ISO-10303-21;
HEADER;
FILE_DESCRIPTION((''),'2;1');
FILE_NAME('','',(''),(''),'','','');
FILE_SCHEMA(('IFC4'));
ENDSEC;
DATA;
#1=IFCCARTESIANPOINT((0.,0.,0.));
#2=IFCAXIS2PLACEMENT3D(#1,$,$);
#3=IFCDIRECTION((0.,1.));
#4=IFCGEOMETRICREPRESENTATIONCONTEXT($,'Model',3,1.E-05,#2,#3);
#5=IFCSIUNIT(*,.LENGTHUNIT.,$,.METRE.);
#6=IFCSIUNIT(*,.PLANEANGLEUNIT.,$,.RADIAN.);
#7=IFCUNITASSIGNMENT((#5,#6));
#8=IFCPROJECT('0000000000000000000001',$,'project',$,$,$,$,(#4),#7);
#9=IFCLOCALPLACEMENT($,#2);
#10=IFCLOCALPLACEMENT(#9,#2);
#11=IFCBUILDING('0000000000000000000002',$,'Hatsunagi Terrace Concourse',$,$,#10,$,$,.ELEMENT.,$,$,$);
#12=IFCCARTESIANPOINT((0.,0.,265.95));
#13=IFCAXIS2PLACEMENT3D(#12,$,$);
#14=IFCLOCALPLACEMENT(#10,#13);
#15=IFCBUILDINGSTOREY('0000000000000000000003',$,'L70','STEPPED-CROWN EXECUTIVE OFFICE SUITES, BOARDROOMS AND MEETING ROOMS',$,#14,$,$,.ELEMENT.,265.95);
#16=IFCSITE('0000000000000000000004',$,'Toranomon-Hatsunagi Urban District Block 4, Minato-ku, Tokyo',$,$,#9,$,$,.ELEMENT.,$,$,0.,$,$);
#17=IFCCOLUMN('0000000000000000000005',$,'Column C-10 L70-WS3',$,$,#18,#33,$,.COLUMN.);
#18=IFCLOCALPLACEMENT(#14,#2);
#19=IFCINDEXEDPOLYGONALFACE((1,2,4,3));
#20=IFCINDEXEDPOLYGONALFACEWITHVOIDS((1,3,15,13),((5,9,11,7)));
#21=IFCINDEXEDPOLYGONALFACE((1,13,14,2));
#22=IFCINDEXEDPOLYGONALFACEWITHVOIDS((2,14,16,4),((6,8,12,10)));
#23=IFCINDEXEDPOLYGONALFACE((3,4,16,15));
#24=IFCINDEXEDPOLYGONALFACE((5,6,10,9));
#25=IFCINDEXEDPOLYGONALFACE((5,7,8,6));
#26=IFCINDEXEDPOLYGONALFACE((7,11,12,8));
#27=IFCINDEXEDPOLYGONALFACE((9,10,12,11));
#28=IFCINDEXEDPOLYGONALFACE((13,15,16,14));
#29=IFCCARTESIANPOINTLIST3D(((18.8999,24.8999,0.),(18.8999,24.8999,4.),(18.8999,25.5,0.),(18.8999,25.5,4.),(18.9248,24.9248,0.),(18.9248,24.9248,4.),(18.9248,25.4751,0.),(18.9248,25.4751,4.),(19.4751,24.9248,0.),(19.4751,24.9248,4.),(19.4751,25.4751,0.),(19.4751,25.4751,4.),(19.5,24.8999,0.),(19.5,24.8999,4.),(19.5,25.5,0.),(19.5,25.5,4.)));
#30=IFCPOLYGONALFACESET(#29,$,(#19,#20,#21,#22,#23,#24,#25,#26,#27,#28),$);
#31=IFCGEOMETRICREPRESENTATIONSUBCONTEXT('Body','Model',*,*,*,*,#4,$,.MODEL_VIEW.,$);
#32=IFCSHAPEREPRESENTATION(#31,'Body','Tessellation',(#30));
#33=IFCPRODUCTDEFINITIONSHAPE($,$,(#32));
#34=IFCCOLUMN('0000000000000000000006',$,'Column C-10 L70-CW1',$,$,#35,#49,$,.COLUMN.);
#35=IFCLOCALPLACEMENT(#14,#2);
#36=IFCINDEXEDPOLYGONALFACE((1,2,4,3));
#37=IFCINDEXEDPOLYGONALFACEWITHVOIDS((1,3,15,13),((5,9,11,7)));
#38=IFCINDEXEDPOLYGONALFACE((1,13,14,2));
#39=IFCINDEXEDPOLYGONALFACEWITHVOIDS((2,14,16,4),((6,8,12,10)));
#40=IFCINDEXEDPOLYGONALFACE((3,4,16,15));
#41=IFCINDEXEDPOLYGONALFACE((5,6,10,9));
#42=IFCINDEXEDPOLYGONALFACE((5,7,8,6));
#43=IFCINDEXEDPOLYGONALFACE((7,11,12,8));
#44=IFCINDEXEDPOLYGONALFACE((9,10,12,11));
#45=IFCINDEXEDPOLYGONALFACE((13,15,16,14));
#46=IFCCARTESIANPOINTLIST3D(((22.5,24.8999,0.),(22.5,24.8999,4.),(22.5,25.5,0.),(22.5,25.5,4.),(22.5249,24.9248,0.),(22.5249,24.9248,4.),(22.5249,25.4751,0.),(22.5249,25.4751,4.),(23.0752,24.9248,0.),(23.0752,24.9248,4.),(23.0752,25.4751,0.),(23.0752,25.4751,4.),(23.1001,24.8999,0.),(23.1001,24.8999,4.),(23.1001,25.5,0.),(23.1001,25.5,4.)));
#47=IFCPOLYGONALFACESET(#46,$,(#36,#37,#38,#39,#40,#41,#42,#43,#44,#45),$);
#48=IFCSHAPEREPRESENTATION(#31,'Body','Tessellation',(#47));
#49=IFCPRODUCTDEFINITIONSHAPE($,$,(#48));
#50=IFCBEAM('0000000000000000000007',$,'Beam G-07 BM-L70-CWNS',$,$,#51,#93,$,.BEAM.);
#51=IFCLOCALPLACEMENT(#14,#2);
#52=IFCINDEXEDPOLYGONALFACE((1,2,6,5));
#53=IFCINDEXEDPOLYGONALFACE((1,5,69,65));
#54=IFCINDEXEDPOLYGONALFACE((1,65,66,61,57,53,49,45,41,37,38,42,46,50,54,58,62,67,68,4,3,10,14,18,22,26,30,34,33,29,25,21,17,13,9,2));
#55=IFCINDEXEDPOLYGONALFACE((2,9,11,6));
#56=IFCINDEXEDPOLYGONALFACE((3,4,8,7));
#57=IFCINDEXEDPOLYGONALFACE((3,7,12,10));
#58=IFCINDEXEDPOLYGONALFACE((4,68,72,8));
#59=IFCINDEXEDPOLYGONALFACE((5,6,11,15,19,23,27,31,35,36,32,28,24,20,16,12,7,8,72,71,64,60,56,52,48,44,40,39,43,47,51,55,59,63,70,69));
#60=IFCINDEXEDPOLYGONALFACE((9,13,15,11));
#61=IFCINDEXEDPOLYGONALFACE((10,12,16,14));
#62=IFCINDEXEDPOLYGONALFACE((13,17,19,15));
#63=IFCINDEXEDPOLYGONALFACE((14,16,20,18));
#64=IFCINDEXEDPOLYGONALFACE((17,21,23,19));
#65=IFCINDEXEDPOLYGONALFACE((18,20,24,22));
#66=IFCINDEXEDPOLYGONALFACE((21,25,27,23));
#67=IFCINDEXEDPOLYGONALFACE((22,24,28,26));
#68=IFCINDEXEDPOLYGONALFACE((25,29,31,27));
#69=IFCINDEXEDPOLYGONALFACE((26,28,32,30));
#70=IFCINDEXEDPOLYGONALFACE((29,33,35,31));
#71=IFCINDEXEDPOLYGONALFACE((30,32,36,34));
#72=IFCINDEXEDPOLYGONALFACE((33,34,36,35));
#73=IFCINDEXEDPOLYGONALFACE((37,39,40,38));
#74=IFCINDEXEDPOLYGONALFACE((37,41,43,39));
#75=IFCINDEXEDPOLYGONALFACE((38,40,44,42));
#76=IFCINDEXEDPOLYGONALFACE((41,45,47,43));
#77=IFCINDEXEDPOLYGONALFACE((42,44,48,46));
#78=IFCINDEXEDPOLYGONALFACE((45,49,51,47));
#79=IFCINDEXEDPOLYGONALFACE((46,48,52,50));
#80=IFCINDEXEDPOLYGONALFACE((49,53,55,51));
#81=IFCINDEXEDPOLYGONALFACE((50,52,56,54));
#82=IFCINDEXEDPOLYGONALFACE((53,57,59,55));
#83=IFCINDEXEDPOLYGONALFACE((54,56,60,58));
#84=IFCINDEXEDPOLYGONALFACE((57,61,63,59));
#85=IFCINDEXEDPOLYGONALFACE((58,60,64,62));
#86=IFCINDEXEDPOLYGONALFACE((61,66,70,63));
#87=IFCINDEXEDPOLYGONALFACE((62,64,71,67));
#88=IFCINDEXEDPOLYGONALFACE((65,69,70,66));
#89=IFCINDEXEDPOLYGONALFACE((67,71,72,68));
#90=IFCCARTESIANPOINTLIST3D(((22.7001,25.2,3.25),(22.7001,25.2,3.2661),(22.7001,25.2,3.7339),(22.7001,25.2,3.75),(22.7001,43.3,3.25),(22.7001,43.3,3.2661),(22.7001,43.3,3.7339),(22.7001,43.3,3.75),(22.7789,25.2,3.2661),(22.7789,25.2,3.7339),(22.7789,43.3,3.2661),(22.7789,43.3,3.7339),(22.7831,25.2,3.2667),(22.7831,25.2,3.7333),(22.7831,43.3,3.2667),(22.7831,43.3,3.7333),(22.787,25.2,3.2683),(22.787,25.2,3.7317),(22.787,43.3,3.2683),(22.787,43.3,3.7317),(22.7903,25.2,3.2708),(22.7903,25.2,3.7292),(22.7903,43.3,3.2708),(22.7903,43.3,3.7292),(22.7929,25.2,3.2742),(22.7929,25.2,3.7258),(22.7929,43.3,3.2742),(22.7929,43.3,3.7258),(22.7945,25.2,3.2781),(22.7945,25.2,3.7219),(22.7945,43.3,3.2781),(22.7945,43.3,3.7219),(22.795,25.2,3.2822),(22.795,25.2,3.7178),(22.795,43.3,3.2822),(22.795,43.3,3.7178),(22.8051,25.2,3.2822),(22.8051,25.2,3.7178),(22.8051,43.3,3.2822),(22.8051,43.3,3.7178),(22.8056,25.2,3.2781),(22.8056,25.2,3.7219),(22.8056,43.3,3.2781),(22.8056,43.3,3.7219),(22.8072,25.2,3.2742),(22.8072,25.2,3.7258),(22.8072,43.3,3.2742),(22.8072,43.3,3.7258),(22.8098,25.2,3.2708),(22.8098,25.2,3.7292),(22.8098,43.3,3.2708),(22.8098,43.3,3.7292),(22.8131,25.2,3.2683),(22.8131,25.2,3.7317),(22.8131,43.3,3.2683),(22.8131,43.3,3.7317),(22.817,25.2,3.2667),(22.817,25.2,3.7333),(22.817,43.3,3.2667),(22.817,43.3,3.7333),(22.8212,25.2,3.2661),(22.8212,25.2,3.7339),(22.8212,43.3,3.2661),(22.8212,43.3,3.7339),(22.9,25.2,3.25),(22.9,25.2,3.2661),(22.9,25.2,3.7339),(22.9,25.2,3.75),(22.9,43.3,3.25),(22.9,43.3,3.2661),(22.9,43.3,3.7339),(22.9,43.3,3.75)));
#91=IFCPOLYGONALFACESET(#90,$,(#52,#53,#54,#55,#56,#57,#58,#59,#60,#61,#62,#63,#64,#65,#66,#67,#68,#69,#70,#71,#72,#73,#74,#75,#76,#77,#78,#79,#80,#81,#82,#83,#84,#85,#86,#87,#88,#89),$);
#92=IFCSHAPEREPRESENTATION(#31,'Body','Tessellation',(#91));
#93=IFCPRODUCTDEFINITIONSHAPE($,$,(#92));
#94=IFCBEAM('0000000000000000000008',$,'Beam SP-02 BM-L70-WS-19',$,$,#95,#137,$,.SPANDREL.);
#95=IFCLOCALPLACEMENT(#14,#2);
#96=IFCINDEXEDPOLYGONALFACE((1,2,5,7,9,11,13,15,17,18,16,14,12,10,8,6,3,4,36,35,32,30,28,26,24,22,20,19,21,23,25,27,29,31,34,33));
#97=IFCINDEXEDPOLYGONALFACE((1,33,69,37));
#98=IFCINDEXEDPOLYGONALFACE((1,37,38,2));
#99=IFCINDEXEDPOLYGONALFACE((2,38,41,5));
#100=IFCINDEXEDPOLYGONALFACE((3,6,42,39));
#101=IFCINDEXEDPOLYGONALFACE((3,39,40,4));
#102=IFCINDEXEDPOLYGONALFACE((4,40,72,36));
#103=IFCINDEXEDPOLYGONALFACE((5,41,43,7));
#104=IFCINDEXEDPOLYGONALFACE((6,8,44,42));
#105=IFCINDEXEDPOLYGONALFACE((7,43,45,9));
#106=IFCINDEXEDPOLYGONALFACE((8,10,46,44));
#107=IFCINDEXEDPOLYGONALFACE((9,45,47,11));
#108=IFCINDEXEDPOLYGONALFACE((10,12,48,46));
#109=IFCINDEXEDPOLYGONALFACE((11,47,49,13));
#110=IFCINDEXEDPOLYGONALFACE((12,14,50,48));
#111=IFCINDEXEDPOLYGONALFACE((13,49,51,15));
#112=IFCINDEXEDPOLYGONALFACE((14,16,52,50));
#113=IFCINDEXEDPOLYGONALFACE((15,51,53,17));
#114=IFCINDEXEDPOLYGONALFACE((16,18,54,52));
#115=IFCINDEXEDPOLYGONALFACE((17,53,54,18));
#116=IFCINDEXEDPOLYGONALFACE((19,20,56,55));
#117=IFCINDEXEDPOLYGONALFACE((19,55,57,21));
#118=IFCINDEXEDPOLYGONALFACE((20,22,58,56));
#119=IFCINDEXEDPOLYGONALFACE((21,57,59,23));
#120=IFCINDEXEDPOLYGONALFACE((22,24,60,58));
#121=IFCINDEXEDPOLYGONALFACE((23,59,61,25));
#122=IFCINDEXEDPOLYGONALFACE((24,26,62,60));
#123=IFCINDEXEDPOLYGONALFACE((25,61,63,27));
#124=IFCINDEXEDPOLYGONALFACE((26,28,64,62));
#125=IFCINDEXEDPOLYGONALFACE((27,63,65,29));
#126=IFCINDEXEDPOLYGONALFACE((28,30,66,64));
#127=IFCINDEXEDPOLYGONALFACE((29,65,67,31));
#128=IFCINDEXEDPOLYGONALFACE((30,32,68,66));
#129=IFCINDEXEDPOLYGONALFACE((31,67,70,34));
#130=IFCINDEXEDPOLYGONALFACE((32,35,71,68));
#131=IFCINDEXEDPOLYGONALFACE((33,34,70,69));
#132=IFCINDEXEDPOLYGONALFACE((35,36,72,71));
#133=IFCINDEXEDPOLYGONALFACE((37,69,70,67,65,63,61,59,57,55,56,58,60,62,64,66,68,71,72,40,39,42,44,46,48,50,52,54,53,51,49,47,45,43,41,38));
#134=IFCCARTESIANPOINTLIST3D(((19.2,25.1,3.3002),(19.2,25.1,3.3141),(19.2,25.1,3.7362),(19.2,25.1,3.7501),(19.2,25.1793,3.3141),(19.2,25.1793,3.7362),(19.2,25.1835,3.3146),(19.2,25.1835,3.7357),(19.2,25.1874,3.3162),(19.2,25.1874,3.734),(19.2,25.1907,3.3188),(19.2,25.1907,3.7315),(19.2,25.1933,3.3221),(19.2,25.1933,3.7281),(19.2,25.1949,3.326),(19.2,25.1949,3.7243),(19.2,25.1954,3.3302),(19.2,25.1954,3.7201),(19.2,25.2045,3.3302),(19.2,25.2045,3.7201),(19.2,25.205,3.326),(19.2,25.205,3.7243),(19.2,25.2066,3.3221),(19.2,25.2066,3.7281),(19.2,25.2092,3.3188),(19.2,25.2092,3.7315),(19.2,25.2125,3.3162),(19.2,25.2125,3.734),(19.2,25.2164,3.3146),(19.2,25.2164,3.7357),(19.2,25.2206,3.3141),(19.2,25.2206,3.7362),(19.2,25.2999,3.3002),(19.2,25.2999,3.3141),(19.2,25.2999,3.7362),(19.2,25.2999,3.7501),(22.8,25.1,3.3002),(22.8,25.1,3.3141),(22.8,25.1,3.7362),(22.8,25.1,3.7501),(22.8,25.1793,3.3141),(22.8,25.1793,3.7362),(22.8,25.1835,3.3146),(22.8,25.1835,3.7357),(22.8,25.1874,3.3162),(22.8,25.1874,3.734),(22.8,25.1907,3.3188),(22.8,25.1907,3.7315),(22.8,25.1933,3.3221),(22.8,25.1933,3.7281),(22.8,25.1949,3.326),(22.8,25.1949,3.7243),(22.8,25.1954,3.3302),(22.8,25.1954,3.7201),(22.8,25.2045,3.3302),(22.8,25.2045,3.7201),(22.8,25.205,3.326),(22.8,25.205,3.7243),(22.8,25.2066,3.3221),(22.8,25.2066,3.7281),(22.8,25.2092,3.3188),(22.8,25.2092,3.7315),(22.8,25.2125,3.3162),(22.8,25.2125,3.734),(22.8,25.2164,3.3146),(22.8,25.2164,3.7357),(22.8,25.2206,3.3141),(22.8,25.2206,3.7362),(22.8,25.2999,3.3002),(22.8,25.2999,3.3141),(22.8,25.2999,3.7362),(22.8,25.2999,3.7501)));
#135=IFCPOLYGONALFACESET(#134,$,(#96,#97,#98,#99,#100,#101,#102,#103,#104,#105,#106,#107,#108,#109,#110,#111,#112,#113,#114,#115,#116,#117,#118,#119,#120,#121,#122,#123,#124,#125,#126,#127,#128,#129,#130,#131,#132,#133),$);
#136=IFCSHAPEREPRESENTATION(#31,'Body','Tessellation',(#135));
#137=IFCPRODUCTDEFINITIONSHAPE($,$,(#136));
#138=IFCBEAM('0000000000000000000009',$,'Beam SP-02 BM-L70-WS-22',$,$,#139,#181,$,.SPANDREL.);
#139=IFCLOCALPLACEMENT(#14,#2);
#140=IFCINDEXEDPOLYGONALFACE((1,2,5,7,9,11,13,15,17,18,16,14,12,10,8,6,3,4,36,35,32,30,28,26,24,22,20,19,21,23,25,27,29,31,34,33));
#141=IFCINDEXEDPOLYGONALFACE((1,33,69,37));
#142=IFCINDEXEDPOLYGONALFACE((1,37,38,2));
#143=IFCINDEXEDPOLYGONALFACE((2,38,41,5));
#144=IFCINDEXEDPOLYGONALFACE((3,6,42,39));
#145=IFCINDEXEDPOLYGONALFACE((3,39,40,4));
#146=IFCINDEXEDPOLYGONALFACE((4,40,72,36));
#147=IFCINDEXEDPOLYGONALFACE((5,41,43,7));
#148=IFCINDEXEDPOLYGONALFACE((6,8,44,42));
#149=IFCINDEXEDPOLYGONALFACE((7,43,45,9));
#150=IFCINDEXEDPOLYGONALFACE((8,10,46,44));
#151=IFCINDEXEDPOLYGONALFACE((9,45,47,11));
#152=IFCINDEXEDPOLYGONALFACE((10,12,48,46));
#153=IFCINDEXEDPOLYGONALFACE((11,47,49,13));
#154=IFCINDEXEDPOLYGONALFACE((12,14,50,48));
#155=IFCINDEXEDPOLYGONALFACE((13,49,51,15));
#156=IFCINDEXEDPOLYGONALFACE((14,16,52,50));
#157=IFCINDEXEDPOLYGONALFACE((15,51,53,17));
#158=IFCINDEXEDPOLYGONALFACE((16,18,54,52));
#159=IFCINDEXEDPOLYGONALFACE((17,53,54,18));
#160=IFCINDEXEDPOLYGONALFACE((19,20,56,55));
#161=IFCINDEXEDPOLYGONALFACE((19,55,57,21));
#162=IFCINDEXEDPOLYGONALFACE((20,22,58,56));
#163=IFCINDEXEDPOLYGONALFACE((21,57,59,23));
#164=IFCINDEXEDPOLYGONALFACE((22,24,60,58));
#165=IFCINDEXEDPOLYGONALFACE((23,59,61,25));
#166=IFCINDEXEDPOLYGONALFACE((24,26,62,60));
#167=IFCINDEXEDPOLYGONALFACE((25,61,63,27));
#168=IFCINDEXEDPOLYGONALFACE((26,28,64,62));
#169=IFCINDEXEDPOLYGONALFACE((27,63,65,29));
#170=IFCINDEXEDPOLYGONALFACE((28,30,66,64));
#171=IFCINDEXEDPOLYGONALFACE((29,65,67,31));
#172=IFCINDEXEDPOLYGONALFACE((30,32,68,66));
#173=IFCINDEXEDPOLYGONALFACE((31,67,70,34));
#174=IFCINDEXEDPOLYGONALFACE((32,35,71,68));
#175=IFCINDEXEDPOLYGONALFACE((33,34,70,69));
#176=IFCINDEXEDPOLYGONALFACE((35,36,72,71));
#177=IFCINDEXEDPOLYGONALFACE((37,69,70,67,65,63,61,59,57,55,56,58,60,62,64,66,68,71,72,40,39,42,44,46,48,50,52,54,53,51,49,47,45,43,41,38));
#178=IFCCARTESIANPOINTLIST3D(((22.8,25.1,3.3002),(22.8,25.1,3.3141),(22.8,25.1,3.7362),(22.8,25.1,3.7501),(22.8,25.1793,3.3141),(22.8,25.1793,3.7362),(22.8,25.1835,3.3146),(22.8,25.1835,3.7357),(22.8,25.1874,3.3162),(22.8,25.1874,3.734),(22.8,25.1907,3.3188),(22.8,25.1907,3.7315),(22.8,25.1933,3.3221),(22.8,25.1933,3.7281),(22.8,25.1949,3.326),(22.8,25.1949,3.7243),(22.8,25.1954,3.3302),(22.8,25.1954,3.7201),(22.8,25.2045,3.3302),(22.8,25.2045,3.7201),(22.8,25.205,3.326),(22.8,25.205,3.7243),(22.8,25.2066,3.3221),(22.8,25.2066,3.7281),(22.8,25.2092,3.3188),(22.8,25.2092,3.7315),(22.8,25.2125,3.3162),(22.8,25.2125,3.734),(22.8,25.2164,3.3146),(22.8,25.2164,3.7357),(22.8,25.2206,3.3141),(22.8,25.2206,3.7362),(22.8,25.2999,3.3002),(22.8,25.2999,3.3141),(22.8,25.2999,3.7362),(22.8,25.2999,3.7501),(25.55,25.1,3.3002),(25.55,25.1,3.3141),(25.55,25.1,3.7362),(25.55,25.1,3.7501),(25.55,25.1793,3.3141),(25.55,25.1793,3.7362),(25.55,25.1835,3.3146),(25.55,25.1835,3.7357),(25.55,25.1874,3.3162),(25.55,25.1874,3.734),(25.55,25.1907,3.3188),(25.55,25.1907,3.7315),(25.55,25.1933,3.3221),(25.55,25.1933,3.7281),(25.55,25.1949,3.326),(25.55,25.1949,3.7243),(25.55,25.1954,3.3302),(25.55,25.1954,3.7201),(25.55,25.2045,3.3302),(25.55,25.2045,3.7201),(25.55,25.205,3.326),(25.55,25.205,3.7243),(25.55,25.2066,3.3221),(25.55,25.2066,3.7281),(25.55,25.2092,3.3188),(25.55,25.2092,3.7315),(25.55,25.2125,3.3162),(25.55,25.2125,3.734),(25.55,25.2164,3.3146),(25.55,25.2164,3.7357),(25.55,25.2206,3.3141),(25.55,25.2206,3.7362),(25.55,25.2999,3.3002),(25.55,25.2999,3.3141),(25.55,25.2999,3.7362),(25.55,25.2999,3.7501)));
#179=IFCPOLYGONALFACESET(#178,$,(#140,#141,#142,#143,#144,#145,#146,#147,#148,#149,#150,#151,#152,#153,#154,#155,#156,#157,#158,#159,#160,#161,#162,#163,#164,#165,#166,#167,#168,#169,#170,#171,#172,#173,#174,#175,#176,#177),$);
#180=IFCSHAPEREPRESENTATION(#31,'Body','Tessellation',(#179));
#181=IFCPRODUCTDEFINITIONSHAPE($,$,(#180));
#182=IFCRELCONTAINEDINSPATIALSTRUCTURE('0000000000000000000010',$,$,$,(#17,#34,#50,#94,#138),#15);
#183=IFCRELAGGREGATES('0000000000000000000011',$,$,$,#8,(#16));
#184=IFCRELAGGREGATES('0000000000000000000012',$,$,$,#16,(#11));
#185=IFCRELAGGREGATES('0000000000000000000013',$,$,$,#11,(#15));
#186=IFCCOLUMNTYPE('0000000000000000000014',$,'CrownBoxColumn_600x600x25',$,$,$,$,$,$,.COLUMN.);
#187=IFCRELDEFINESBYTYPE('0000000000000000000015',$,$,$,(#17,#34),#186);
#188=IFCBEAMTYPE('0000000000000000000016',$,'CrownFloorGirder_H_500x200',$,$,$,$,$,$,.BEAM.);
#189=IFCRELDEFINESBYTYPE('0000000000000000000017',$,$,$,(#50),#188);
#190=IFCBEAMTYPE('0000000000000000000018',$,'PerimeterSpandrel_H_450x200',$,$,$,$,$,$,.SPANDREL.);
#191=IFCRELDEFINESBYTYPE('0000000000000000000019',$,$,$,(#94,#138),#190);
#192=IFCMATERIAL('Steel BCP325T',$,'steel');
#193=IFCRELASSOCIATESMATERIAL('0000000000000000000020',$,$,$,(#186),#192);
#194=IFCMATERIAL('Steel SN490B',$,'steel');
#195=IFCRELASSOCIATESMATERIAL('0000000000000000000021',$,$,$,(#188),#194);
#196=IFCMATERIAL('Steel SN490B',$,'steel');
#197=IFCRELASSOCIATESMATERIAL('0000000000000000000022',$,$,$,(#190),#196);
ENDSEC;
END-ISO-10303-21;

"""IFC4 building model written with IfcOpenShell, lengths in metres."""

from ifc_helpers import new_model, si_unit, direction, frame, origin, origin_2d, place, context, subcontext, project, spatial, hollow_rectangle, i_section, extrude, material, material_profile, profile_set, type_object, element, save


model = new_model("IFC4")

# Units and contexts
model_context = context("Model", 3, precision=1e-05, world=origin(), true_north=direction((0.0, 1.0)))
body_context = subcontext(model_context, "Body", "Model", "MODEL_VIEW")
ifc_project = project(units=[si_unit("LENGTHUNIT", "METRE"), si_unit("PLANEANGLEUNIT", "RADIAN")], contexts=[model_context])

# Site, building, storey
site_placement = place(None, origin())
site = spatial("IfcSite", under=ifc_project, at=site_placement, Name="Toranomon-Hatsunagi Urban District Block 4, Minato-ku, Tokyo", CompositionType="ELEMENT", RefElevation=0.0)
building_placement = place(site_placement, origin())
building = spatial("IfcBuilding", under=site, at=building_placement, Name="Hatsunagi Terrace Concourse", CompositionType="ELEMENT")
storey_placement = place(building_placement, frame((0.0, 0.0, 265.95)))
storey = spatial("IfcBuildingStorey", under=building, at=storey_placement, Name="L70", Description="STEPPED-CROWN EXECUTIVE OFFICE SUITES, BOARDROOMS AND MEETING ROOMS", CompositionType="ELEMENT", Elevation=265.95)

# Columns
ifc_material_1 = material(Name="Steel BCP325T", Category="steel")
ifc_material_profile_1 = material_profile(ifc_material_1, hollow_rectangle(XDim=0.6001, YDim=0.6001, WallThickness=0.0249, at=origin_2d()), Name="BCP-600x600x25")
ifc_profile_set_1 = profile_set([ifc_material_profile_1], Name="Steel BCP325T")
column_type = type_object("IfcColumnType", Name="CrownBoxColumn_600x600x25", PredefinedType="COLUMN", material=ifc_profile_set_1)
for number, where, z_axis, x_axis, name in (
    (1, (19.2, 25.2, 0.0), (0.0, 0.0, 1.0), (1.0, 0.0, 0.0), "Column C-10 L70-WS3"),
    (2, (22.8, 25.2, 0.0), (0.0, 0.0, 1.0), (1.0, 0.0, 0.0), "Column C-10 L70-CW1"),
):
    element("IfcColumn", number, at=place(storey_placement, frame(where, z_axis=z_axis, x_axis=x_axis)), inside=storey, type_object=column_type, Name=name, PredefinedType="COLUMN", context=body_context, shape_type="SweptSolid", body=[
        extrude(hollow_rectangle(XDim=0.6001, YDim=0.6001, WallThickness=0.0249, at=origin_2d()), origin(), (0.0, 0.0, 1.0), 4.0),
    ])

# Beams
ifc_material_2 = material(Name="Steel SN490B", Category="steel")
ifc_material_profile_2 = material_profile(ifc_material_2, i_section(OverallWidth=0.2, OverallDepth=0.5, WebThickness=0.01, FlangeThickness=0.0161, FilletRadius=0.0161, at=origin_2d()), Name="H-500x200x10x16")
ifc_profile_set_2 = profile_set([ifc_material_profile_2], Name="Steel SN490B")
beam_type_1 = type_object("IfcBeamType", Name="CrownFloorGirder_H_500x200", PredefinedType="BEAM", material=ifc_profile_set_2)
beam_1_placement = place(storey_placement, frame((22.8, 25.2, 3.5), z_axis=(0.0, 1.0, 0.0), x_axis=(-1.0, 0.0, 0.0)))
element("IfcBeam", 3, at=beam_1_placement, inside=storey, type_object=beam_type_1, Name="Beam G-07 BM-L70-CWNS", PredefinedType="BEAM", context=body_context, shape_type="SweptSolid", body=[
    extrude(i_section(OverallWidth=0.2, OverallDepth=0.5, WebThickness=0.01, FlangeThickness=0.0161, FilletRadius=0.0161, at=origin_2d()), origin(), (0.0, 0.0, 1.0), 18.1001),
])
ifc_material_3 = material(Name="Steel SN490B", Category="steel")
ifc_material_profile_3 = material_profile(ifc_material_3, i_section(OverallWidth=0.2, OverallDepth=0.45, WebThickness=0.009, FlangeThickness=0.0139, FilletRadius=0.0161, at=origin_2d()), Name="H-450x200x9x14")
ifc_profile_set_3 = profile_set([ifc_material_profile_3], Name="Steel SN490B")
beam_type_2 = type_object("IfcBeamType", Name="PerimeterSpandrel_H_450x200", PredefinedType="SPANDREL", material=ifc_profile_set_3)
beam_2_placement = place(storey_placement, frame((19.2, 25.2, 3.5251), z_axis=(1.0, 0.0, 0.0), x_axis=(0.0, 1.0, 0.0)))
element("IfcBeam", 4, at=beam_2_placement, inside=storey, type_object=beam_type_2, Name="Beam SP-02 BM-L70-WS-19", PredefinedType="SPANDREL", context=body_context, shape_type="SweptSolid", body=[
    extrude(i_section(OverallWidth=0.2, OverallDepth=0.45, WebThickness=0.009, FlangeThickness=0.0139, FilletRadius=0.0161, at=origin_2d()), origin(), (0.0, 0.0, 1.0), 3.6001),
])
beam_3_placement = place(storey_placement, frame((22.8, 25.2, 3.5251), z_axis=(1.0, 0.0, 0.0), x_axis=(0.0, 1.0, 0.0)))
element("IfcBeam", 5, at=beam_3_placement, inside=storey, type_object=beam_type_2, Name="Beam SP-02 BM-L70-WS-22", PredefinedType="SPANDREL", context=body_context, shape_type="SweptSolid", body=[
    extrude(i_section(OverallWidth=0.2, OverallDepth=0.45, WebThickness=0.009, FlangeThickness=0.0139, FilletRadius=0.0161, at=origin_2d()), origin(), (0.0, 0.0, 1.0), 2.75),
])

save(model, "model.ifc")
